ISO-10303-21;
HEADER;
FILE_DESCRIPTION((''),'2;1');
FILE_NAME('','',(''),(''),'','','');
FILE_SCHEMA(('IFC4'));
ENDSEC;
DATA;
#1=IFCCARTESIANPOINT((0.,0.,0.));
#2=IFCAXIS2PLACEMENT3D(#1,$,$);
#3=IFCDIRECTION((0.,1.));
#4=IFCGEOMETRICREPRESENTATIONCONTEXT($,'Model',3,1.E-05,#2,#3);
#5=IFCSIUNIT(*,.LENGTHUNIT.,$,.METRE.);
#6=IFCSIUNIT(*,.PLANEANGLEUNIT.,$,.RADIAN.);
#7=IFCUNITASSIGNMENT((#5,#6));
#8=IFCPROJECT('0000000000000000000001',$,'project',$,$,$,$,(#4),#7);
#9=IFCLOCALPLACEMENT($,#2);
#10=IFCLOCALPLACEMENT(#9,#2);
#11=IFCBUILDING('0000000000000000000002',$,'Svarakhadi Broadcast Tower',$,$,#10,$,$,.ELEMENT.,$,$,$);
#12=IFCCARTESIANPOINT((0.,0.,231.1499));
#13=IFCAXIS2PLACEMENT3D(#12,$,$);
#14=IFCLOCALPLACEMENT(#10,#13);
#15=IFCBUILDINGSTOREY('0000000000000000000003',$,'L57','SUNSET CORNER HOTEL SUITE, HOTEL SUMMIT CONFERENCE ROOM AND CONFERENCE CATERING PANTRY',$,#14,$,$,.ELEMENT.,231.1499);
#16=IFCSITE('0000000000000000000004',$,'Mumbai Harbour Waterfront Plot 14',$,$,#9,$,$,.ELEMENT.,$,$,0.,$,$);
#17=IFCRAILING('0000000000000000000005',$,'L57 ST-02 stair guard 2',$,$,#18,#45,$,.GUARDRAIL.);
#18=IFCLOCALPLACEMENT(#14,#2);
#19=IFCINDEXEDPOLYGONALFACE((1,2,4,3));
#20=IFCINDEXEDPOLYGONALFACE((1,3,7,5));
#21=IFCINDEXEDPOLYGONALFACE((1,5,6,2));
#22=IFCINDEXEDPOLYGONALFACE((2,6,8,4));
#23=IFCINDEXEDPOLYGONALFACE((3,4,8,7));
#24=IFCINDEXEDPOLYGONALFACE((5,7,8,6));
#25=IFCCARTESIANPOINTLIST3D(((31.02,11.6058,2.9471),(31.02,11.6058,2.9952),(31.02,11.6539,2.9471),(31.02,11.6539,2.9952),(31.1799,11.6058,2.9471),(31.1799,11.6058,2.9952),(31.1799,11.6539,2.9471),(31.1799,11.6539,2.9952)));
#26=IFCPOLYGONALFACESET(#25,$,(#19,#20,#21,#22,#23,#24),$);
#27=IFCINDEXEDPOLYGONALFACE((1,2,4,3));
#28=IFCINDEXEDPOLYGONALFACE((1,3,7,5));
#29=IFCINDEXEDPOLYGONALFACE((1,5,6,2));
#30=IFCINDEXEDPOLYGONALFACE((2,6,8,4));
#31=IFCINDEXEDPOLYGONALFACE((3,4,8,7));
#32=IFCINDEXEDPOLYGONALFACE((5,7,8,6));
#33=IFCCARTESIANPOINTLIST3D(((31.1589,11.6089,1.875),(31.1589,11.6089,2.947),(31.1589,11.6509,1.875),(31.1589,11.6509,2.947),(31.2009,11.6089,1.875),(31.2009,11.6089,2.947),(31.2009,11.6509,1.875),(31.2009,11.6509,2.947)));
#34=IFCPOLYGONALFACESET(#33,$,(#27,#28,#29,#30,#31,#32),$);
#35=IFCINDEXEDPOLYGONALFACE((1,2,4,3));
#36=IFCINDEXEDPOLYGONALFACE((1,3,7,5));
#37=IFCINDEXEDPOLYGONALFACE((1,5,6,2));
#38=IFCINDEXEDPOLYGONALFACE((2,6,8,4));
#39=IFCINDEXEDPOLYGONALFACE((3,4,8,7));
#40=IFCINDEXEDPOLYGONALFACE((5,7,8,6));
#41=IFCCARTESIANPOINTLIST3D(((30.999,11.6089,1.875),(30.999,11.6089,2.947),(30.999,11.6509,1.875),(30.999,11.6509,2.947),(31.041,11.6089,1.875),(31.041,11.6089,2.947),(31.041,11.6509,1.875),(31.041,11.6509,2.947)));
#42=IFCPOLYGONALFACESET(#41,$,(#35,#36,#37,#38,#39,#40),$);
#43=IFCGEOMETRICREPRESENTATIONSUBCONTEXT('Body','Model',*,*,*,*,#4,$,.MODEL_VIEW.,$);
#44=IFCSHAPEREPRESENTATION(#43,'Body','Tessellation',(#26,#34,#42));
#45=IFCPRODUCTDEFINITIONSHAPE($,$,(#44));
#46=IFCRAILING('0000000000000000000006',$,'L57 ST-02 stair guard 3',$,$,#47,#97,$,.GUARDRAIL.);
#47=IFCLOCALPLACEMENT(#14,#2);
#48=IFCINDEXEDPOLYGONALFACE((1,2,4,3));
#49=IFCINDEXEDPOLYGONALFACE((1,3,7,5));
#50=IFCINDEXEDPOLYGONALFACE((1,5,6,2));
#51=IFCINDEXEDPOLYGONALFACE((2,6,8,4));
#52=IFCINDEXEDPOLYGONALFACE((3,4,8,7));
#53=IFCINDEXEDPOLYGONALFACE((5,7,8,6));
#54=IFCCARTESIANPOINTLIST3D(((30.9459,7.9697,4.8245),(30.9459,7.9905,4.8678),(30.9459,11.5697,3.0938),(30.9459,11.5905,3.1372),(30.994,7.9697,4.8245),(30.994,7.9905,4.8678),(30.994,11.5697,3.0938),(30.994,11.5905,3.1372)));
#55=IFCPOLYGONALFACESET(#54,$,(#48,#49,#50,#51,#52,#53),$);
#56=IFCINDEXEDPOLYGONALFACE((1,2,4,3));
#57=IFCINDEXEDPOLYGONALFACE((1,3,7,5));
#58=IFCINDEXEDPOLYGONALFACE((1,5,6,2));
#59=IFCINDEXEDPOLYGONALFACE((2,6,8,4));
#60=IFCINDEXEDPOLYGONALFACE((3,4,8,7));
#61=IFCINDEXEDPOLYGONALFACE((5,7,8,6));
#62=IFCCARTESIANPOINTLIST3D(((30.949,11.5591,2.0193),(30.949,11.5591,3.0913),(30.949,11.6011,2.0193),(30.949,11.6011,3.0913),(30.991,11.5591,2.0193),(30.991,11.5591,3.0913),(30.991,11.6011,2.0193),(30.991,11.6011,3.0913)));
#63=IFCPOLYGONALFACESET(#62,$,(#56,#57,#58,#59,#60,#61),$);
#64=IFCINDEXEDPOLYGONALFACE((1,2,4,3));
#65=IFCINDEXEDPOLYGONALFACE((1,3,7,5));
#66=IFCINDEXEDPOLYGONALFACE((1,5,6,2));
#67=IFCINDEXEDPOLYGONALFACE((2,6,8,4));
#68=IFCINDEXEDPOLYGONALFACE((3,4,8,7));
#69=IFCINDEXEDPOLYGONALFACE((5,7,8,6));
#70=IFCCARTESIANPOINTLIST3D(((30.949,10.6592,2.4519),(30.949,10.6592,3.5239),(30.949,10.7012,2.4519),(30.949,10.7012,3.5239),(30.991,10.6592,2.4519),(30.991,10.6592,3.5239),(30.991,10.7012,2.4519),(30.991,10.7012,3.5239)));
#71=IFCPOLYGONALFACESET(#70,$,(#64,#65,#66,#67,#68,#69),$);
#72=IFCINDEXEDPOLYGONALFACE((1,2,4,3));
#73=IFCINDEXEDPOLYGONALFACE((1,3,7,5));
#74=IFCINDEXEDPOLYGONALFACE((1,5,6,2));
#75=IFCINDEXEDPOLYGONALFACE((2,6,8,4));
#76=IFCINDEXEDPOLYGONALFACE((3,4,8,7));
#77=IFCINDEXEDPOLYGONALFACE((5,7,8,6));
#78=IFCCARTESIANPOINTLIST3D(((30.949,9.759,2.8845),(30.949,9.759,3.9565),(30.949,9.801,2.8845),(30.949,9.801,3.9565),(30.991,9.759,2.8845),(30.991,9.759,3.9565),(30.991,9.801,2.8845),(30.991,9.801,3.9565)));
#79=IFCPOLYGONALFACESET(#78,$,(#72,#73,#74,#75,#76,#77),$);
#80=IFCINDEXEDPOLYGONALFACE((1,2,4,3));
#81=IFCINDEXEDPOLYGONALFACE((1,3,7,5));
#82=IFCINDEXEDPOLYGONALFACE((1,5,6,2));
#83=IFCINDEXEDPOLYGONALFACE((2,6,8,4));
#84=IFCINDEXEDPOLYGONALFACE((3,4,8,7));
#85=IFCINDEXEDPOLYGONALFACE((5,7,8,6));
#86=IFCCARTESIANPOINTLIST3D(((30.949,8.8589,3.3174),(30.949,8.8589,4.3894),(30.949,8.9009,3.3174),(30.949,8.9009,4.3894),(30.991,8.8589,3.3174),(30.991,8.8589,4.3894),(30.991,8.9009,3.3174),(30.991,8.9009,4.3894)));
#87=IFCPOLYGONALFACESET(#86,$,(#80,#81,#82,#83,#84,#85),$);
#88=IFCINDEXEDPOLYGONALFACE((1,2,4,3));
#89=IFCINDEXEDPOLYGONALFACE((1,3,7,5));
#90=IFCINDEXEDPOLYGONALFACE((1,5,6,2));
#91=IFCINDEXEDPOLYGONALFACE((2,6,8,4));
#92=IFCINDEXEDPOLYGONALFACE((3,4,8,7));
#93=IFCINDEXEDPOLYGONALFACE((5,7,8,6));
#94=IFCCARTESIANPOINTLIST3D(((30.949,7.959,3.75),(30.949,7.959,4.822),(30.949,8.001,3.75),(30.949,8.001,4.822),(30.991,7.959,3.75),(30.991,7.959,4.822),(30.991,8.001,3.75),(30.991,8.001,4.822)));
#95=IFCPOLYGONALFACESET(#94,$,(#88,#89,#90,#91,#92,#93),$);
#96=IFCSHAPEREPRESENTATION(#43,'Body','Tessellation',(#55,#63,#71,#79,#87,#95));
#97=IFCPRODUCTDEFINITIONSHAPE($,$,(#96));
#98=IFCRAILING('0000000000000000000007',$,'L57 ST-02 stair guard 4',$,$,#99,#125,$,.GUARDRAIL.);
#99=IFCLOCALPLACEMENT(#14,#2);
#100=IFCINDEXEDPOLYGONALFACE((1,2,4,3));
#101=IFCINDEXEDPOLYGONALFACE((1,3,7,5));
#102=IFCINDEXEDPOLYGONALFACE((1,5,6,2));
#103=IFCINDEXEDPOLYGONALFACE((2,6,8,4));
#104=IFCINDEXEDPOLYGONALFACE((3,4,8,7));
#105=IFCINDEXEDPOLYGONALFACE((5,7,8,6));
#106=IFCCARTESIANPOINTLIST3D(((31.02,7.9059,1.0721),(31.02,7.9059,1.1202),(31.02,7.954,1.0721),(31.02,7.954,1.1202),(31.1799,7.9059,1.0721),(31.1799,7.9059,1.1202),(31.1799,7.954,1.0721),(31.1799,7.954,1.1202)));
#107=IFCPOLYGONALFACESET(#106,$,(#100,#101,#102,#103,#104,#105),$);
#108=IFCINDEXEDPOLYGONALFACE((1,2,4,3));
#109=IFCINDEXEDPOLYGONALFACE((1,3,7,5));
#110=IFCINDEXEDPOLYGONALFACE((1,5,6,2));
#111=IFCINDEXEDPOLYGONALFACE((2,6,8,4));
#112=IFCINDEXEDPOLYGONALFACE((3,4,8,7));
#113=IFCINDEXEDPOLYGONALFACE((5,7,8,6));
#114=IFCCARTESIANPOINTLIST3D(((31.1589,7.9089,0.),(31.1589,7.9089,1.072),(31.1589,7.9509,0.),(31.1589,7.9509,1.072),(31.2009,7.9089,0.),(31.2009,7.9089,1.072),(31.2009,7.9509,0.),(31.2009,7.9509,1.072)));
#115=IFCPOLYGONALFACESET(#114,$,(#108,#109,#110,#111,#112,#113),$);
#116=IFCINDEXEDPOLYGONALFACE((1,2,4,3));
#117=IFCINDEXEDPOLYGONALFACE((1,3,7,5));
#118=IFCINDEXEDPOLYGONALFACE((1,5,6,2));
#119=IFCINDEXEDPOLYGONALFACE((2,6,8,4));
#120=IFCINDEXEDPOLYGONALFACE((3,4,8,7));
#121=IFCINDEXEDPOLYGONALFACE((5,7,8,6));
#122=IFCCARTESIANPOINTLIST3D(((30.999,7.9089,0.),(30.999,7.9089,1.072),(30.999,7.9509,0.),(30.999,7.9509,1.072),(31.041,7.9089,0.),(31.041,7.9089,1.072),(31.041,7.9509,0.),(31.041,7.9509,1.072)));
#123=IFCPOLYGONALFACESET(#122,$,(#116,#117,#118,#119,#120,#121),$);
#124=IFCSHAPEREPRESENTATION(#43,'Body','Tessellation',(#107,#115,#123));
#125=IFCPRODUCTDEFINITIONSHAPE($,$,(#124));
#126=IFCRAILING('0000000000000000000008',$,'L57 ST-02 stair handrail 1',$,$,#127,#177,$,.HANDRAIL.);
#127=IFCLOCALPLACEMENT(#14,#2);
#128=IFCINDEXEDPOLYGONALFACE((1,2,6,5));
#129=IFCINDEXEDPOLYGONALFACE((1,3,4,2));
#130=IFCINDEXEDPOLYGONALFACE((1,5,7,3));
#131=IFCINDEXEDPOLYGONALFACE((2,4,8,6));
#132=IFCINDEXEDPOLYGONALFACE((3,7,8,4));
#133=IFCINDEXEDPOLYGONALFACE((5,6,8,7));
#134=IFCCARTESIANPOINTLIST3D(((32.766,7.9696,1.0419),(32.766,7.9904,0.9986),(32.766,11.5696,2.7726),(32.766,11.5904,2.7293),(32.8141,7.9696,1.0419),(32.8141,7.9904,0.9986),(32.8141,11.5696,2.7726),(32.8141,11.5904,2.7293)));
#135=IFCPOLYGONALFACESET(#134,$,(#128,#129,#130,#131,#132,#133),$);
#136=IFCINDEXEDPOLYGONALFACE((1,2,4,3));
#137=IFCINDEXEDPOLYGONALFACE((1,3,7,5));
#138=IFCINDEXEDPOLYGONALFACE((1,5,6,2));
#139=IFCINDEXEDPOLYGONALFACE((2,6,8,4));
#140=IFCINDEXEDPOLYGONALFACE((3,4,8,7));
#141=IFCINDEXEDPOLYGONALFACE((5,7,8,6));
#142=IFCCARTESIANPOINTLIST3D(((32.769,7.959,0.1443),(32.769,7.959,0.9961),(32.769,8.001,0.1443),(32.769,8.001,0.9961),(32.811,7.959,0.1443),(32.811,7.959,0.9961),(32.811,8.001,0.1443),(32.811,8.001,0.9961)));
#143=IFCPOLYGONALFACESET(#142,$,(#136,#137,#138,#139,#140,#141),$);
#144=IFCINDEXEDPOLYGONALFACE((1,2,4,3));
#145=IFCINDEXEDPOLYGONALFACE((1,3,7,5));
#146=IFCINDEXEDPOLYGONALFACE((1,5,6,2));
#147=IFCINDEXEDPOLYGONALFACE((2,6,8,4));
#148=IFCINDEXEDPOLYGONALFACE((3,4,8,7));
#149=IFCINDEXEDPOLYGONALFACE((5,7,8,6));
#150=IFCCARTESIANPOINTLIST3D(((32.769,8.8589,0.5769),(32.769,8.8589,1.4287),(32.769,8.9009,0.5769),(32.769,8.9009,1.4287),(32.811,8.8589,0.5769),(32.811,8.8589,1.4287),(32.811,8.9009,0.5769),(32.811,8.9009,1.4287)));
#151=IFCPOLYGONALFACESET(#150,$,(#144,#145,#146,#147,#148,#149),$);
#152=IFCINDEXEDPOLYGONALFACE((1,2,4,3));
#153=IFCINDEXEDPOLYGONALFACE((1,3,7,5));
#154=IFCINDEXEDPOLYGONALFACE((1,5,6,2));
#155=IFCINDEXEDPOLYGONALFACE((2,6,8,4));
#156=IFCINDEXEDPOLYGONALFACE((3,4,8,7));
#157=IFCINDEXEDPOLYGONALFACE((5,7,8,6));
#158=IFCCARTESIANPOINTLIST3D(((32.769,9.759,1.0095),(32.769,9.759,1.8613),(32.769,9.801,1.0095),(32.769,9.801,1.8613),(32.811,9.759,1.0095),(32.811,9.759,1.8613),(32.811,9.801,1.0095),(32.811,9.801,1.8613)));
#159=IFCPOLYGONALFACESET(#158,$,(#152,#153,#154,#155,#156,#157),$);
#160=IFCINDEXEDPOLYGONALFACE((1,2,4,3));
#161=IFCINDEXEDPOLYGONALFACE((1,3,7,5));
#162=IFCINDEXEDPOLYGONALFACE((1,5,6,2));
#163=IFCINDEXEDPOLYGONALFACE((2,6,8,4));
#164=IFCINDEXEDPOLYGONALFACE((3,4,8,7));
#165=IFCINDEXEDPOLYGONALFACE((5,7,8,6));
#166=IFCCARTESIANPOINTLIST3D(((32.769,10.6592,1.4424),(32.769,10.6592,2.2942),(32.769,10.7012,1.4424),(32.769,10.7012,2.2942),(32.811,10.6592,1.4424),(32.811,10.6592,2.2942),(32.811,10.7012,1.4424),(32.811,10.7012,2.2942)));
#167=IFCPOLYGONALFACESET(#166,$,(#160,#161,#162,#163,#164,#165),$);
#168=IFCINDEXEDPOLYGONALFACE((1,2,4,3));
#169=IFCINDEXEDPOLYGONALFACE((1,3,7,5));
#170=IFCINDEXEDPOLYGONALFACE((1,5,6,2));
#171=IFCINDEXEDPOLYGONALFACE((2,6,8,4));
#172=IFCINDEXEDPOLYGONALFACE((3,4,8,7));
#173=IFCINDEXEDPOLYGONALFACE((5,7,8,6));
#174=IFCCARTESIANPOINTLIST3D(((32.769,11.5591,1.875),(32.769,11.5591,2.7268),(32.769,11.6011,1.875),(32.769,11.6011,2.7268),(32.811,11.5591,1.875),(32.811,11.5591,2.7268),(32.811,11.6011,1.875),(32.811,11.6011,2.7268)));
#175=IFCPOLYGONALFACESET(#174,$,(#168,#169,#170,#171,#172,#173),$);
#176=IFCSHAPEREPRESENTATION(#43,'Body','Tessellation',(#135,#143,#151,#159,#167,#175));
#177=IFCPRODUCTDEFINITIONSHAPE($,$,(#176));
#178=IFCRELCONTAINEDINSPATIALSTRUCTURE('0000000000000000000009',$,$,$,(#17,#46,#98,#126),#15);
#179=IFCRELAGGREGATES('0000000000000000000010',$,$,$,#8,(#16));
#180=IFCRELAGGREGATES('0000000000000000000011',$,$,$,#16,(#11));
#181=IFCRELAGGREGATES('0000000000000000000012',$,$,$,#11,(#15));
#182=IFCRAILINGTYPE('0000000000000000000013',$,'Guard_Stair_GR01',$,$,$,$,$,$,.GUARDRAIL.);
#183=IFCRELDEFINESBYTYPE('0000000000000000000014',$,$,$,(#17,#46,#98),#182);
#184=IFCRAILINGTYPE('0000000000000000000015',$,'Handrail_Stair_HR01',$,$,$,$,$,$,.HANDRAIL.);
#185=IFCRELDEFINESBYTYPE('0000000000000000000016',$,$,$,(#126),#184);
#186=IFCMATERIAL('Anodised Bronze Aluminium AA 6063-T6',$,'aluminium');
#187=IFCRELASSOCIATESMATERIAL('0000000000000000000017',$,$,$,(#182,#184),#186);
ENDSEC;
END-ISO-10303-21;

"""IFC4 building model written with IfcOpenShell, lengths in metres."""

from ifc_helpers import new_model, si_unit, direction, frame, origin, origin_2d, place, context, subcontext, project, spatial, rectangle, extrude, material, type_object, element, save


model = new_model("IFC4")

# Units and contexts
model_context = context("Model", 3, precision=1e-05, world=origin(), true_north=direction((0.0, 1.0)))
body_context = subcontext(model_context, "Body", "Model", "MODEL_VIEW")
ifc_project = project(units=[si_unit("LENGTHUNIT", "METRE"), si_unit("PLANEANGLEUNIT", "RADIAN")], contexts=[model_context])

# Site, building, storey
site_placement = place(None, origin())
site = spatial("IfcSite", under=ifc_project, at=site_placement, Name="Mumbai Harbour Waterfront Plot 14", CompositionType="ELEMENT", RefElevation=0.0)
building_placement = place(site_placement, origin())
building = spatial("IfcBuilding", under=site, at=building_placement, Name="Svarakhadi Broadcast Tower", CompositionType="ELEMENT")
storey_placement = place(building_placement, frame((0.0, 0.0, 231.1499)))
storey = spatial("IfcBuildingStorey", under=building, at=storey_placement, Name="L57", Description="SUNSET CORNER HOTEL SUITE, HOTEL SUMMIT CONFERENCE ROOM AND CONFERENCE CATERING PANTRY", CompositionType="ELEMENT", Elevation=231.1499)

# Railings
ifc_material_1 = material(Name="Anodised Bronze Aluminium AA 6063-T6", Category="aluminium")
railing_type_1 = type_object("IfcRailingType", Name="Guard_Stair_GR01", PredefinedType="GUARDRAIL", material=ifc_material_1)
railing_1_placement = place(storey_placement, frame((31.1799, 11.6299, 1.875)))
element("IfcRailing", 1, at=railing_1_placement, inside=storey, type_object=railing_type_1, Name="L57 ST-02 stair guard 2", PredefinedType="GUARDRAIL", context=body_context, shape_type="SweptSolid", body=[
    extrude(rectangle(XDim=0.0481, YDim=0.0481, at=origin_2d()), frame((0.0, 0.0, 1.0962), z_axis=(-1.0, 0.0, 0.0), x_axis=(0.0, -1.0, 0.0)), (0.0, 0.0, 1.0), 0.1599),
    extrude(rectangle(XDim=0.042, YDim=0.042, at=origin_2d()), origin(), (0.0, 0.0, 1.0), 1.072),
    extrude(rectangle(XDim=0.042, YDim=0.042, at=origin_2d()), frame((-0.1599, 0.0, 0.0)), (0.0, 0.0, 1.0), 1.072),
])
railing_2_placement = place(storey_placement, frame((30.97, 11.5801, 2.0193)))
element("IfcRailing", 2, at=railing_2_placement, inside=storey, type_object=railing_type_1, Name="L57 ST-02 stair guard 3", PredefinedType="GUARDRAIL", context=body_context, shape_type="SweptSolid", body=[
    extrude(rectangle(XDim=0.0481, YDim=0.0481, at=origin_2d()), frame((0.0, 0.0, 1.0962), z_axis=(0.0, -0.901263, 0.433273), x_axis=(1.0, 0.0, 0.0)), (0.0, 0.0, 1.0), 3.9944),
    extrude(rectangle(XDim=0.042, YDim=0.042, at=origin_2d()), origin(), (0.0, 0.0, 1.0), 1.072),
    extrude(rectangle(XDim=0.042, YDim=0.042, at=origin_2d()), frame((0.0, -0.8999, 0.4326)), (0.0, 0.0, 1.0), 1.072),
    extrude(rectangle(XDim=0.042, YDim=0.042, at=origin_2d()), frame((0.0, -1.8, 0.8652)), (0.0, 0.0, 1.0), 1.072),
    extrude(rectangle(XDim=0.042, YDim=0.042, at=origin_2d()), frame((0.0, -2.7002, 1.2981)), (0.0, 0.0, 1.0), 1.072),
    extrude(rectangle(XDim=0.042, YDim=0.042, at=origin_2d()), frame((0.0, -3.6001, 1.7307)), (0.0, 0.0, 1.0), 1.072),
])
railing_3_placement = place(storey_placement, frame((31.1799, 7.9299, 0.0)))
element("IfcRailing", 3, at=railing_3_placement, inside=storey, type_object=railing_type_1, Name="L57 ST-02 stair guard 4", PredefinedType="GUARDRAIL", context=body_context, shape_type="SweptSolid", body=[
    extrude(rectangle(XDim=0.0481, YDim=0.0481, at=origin_2d()), frame((0.0, 0.0, 1.0962), z_axis=(-1.0, 0.0, 0.0), x_axis=(0.0, -1.0, 0.0)), (0.0, 0.0, 1.0), 0.1599),
    extrude(rectangle(XDim=0.042, YDim=0.042, at=origin_2d()), origin(), (0.0, 0.0, 1.0), 1.072),
    extrude(rectangle(XDim=0.042, YDim=0.042, at=origin_2d()), frame((-0.1599, 0.0, 0.0)), (0.0, 0.0, 1.0), 1.072),
])
railing_type_2 = type_object("IfcRailingType", Name="Handrail_Stair_HR01", PredefinedType="HANDRAIL", material=ifc_material_1)
railing_4_placement = place(storey_placement, frame((32.79, 7.98, 0.1443)))
element("IfcRailing", 4, at=railing_4_placement, inside=storey, type_object=railing_type_2, Name="L57 ST-02 stair handrail 1", PredefinedType="HANDRAIL", context=body_context, shape_type="SweptSolid", body=[
    extrude(rectangle(XDim=0.0481, YDim=0.0481, at=origin_2d()), frame((0.0, 0.0, 0.876), z_axis=(0.0, 0.901263, 0.433273), x_axis=(-1.0, 0.0, 0.0)), (0.0, 0.0, 1.0), 3.9944),
    extrude(rectangle(XDim=0.042, YDim=0.042, at=origin_2d()), origin(), (0.0, 0.0, 1.0), 0.8518),
    extrude(rectangle(XDim=0.042, YDim=0.042, at=origin_2d()), frame((0.0, 0.8999, 0.4326)), (0.0, 0.0, 1.0), 0.8518),
    extrude(rectangle(XDim=0.042, YDim=0.042, at=origin_2d()), frame((0.0, 1.8, 0.8652)), (0.0, 0.0, 1.0), 0.8518),
    extrude(rectangle(XDim=0.042, YDim=0.042, at=origin_2d()), frame((0.0, 2.7002, 1.2981)), (0.0, 0.0, 1.0), 0.8518),
    extrude(rectangle(XDim=0.042, YDim=0.042, at=origin_2d()), frame((0.0, 3.6001, 1.7307)), (0.0, 0.0, 1.0), 0.8518),
])

save(model, "model.ifc")
